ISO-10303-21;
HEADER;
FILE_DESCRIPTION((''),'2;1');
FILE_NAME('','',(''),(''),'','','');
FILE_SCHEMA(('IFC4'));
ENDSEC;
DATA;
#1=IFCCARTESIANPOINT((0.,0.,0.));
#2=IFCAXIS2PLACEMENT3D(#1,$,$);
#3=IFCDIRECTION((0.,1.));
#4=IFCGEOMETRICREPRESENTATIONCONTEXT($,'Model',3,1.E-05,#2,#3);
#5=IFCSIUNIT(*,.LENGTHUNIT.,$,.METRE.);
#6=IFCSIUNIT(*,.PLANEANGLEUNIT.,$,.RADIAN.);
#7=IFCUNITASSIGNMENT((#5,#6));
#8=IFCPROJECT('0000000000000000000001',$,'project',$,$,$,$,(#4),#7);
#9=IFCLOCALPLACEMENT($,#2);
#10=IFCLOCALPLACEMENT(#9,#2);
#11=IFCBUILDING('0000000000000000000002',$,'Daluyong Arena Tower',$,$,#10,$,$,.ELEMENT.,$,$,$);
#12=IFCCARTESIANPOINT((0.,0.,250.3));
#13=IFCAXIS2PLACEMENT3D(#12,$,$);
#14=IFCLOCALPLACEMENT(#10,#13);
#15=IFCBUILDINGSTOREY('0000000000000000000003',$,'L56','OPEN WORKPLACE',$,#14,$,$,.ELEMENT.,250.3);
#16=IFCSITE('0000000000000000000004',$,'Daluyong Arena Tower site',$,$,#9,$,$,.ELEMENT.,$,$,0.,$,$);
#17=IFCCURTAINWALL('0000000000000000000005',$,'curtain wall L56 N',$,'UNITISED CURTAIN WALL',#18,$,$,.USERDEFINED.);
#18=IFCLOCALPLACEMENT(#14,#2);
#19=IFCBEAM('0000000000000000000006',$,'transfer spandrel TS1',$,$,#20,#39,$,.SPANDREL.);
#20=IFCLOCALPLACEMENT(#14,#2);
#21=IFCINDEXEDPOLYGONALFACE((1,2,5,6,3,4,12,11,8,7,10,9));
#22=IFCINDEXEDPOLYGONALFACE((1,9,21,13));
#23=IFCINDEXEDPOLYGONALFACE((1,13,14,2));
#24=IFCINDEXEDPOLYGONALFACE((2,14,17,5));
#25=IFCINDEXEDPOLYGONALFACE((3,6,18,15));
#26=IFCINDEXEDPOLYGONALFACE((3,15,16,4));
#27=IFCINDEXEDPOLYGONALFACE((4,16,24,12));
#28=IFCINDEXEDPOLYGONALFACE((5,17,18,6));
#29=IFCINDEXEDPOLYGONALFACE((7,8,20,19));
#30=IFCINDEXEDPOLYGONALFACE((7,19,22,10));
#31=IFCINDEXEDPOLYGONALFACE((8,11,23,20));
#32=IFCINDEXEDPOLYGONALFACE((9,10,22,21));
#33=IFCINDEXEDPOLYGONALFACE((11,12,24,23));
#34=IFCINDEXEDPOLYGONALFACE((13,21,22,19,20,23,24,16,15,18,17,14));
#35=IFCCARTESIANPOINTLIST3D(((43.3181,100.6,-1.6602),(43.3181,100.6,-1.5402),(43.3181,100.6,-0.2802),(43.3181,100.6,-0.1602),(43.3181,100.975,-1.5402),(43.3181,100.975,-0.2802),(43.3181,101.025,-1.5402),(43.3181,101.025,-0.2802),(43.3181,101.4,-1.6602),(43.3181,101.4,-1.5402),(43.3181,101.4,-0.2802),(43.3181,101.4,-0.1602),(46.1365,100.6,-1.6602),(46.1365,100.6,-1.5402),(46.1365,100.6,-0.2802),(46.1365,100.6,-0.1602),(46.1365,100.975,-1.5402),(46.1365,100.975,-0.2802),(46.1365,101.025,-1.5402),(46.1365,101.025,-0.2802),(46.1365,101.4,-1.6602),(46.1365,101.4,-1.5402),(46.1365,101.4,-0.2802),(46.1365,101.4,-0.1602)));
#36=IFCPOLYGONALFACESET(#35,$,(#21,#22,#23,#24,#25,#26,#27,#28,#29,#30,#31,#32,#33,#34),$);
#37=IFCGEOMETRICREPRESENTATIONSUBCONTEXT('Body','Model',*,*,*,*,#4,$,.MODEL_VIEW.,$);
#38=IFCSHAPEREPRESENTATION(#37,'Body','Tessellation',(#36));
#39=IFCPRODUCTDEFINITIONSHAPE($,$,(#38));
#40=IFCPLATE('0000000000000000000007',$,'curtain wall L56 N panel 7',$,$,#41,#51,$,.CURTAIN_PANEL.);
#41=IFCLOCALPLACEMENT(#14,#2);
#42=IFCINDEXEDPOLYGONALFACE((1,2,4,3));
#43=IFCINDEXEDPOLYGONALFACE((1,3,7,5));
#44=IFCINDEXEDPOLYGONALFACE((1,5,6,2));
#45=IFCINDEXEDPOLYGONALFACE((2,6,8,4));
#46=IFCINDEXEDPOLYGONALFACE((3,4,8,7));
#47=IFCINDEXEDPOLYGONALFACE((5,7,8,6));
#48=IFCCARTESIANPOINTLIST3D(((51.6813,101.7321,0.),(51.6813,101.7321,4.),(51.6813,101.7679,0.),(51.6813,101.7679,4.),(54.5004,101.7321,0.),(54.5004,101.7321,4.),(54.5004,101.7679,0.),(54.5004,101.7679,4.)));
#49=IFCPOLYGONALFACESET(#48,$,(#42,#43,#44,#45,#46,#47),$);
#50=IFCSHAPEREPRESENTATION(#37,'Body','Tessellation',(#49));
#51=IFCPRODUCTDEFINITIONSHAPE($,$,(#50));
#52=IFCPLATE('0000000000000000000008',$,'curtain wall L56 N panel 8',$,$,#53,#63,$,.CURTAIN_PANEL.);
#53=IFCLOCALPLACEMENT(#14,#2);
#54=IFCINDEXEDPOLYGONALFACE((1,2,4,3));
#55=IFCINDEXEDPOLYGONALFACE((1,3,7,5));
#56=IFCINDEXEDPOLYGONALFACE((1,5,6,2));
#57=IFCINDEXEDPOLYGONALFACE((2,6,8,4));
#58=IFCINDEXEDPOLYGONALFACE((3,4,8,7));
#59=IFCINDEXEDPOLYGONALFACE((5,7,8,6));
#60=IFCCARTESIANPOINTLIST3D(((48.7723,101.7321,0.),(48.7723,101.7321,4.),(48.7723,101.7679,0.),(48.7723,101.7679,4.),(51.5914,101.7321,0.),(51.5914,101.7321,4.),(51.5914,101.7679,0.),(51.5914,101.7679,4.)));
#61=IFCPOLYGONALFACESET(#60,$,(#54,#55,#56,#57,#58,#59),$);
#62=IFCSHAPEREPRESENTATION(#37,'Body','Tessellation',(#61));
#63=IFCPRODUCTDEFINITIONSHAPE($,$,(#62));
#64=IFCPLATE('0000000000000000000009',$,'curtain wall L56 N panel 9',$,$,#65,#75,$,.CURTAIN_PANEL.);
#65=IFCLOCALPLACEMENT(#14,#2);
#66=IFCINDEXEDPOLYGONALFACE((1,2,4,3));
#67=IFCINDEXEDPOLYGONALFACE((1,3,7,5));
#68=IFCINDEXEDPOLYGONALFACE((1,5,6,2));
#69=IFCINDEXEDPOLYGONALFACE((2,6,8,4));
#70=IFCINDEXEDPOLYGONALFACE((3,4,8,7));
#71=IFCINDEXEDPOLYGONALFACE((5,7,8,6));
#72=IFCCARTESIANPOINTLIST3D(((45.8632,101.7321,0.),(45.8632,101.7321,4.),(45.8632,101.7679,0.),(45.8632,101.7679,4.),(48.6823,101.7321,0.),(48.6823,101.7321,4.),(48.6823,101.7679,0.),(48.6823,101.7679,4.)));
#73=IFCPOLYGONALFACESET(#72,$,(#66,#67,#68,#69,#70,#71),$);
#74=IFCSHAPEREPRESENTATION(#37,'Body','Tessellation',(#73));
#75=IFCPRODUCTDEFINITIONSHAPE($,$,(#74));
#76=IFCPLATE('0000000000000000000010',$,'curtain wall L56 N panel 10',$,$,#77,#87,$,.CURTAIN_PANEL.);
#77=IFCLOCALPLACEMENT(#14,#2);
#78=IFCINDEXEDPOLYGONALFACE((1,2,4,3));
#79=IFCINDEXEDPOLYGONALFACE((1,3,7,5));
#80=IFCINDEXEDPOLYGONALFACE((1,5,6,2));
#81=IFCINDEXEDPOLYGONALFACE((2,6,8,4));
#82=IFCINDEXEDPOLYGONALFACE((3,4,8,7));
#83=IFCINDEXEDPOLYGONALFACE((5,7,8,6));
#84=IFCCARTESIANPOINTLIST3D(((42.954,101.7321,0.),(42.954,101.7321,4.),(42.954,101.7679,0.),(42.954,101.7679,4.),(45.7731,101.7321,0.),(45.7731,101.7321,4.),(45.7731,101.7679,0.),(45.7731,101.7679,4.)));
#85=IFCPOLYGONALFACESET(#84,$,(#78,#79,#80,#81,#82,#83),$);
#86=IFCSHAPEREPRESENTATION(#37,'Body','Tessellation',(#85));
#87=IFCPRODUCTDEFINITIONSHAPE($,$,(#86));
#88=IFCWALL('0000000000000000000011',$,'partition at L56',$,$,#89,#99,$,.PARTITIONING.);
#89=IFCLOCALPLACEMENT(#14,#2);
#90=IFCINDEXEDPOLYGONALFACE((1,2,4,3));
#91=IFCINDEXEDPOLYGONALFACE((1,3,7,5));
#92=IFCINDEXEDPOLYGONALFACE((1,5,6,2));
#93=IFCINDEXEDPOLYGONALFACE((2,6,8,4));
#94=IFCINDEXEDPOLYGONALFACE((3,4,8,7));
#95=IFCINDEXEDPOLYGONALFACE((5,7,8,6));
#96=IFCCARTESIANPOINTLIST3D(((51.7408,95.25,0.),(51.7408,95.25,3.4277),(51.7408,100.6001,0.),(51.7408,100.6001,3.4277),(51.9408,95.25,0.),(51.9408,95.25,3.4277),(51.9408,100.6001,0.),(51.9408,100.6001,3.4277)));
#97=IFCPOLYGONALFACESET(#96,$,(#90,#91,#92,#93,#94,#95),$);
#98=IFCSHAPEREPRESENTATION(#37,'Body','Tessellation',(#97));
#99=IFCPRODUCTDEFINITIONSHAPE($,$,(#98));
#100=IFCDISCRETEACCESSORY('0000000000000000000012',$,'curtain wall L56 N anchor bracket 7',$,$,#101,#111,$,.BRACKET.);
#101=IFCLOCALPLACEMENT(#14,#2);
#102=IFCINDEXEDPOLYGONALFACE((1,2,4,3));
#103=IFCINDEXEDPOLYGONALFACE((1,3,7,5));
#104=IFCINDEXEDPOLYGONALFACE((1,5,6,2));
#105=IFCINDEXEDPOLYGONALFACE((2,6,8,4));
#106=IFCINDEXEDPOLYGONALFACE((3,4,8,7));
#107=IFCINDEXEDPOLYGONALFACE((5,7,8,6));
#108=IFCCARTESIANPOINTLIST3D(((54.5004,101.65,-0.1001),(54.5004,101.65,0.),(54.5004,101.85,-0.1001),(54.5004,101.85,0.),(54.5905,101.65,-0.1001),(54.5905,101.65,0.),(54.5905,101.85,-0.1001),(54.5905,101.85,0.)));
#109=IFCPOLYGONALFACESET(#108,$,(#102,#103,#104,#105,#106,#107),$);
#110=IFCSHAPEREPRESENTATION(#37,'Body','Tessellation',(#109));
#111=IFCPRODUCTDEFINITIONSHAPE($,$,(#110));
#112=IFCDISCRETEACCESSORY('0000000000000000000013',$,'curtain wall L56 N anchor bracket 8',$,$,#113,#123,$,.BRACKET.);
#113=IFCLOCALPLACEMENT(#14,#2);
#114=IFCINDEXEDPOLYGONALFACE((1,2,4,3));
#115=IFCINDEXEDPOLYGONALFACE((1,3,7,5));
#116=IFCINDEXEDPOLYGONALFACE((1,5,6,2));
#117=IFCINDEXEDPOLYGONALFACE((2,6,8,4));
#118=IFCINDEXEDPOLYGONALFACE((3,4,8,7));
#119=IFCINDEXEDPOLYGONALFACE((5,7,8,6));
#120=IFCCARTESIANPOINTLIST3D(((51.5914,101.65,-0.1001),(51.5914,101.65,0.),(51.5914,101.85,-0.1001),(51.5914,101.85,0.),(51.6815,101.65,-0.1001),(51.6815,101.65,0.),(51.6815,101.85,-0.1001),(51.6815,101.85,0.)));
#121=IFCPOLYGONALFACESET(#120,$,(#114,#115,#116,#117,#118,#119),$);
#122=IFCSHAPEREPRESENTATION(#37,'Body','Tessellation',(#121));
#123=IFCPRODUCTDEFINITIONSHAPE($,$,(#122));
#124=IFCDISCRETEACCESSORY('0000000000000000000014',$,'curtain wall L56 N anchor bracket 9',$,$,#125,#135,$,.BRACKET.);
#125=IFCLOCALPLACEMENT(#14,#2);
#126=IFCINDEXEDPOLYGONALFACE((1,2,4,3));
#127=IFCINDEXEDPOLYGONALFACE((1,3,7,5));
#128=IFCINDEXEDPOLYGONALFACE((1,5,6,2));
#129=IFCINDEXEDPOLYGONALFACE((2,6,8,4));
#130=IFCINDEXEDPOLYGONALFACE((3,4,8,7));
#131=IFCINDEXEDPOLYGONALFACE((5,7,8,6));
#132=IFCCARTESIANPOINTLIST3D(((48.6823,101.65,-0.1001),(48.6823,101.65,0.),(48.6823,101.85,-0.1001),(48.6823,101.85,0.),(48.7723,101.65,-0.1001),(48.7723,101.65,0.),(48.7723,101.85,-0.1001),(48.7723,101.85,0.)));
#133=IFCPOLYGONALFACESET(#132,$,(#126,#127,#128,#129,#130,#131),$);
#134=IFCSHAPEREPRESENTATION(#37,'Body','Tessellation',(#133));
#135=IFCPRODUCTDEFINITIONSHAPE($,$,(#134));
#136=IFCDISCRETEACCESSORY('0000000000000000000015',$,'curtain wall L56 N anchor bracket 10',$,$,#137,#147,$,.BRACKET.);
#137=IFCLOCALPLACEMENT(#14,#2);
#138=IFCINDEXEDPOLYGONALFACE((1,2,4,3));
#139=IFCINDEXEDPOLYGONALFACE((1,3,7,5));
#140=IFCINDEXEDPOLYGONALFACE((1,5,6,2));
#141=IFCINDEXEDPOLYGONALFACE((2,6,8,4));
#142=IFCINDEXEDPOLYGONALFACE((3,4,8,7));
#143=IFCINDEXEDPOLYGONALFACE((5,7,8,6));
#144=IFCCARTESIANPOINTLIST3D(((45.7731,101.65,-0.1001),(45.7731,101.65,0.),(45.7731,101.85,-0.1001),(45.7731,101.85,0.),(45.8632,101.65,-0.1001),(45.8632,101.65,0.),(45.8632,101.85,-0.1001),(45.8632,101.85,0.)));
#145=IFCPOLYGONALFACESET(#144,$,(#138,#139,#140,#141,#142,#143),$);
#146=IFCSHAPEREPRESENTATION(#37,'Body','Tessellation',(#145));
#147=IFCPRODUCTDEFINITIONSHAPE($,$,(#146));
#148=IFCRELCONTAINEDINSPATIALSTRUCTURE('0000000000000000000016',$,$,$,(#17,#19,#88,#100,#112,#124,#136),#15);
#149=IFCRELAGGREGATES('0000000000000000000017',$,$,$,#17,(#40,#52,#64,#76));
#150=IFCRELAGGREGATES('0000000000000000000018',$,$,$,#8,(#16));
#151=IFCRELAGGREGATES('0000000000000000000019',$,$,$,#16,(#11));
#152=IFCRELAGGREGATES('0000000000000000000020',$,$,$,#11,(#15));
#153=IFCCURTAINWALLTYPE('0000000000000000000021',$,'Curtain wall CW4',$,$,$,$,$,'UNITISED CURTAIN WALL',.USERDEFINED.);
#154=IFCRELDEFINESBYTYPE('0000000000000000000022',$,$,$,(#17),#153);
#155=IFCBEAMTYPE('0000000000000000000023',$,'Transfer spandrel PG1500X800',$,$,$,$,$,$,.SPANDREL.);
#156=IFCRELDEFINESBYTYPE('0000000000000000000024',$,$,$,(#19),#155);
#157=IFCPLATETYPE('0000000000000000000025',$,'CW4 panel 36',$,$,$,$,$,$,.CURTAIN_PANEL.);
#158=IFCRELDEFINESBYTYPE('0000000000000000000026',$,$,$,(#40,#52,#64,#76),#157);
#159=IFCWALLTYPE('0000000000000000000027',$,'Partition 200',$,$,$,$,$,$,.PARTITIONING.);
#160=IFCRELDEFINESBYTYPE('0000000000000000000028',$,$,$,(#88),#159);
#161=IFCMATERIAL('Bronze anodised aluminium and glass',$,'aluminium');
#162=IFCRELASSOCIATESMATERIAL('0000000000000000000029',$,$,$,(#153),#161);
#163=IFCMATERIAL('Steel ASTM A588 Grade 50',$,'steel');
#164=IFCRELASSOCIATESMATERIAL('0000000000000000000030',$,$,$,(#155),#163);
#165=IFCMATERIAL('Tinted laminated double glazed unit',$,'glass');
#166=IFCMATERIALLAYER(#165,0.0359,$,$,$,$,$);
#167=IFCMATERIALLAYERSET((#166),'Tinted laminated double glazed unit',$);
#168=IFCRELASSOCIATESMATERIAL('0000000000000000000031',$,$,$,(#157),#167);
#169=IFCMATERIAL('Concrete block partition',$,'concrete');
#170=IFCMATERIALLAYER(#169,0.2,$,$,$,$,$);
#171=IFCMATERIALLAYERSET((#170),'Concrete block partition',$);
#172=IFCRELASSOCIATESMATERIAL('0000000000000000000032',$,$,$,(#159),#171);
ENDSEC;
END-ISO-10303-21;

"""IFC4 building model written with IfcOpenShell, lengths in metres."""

from ifc_helpers import new_model, si_unit, direction, frame, frame_2d, origin, origin_2d, place, context, subcontext, project, spatial, rectangle, i_section, extrude, material, layer, layer_set, material_profile, profile_set, type_object, element, aggregate, save


model = new_model("IFC4")

# Units and contexts
model_context = context("Model", 3, precision=1e-05, world=origin(), true_north=direction((0.0, 1.0)))
body_context = subcontext(model_context, "Body", "Model", "MODEL_VIEW")
ifc_project = project(units=[si_unit("LENGTHUNIT", "METRE"), si_unit("PLANEANGLEUNIT", "RADIAN")], contexts=[model_context])

# Site, building, storey
site_placement = place(None, origin())
site = spatial("IfcSite", under=ifc_project, at=site_placement, Name="Daluyong Arena Tower site", CompositionType="ELEMENT", RefElevation=0.0)
building_placement = place(site_placement, origin())
building = spatial("IfcBuilding", under=site, at=building_placement, Name="Daluyong Arena Tower", CompositionType="ELEMENT")
storey_placement = place(building_placement, frame((0.0, 0.0, 250.3)))
storey = spatial("IfcBuildingStorey", under=building, at=storey_placement, Name="L56", Description="OPEN WORKPLACE", CompositionType="ELEMENT", Elevation=250.3)

# Curtain wall
ifc_material_1 = material(Name="Bronze anodised aluminium and glass", Category="aluminium")
curtain_wall_type = type_object("IfcCurtainWallType", Name="Curtain wall CW4", ElementType="UNITISED CURTAIN WALL", PredefinedType="USERDEFINED", material=ifc_material_1)
curtain_wall_placement = place(storey_placement, origin())
curtain_wall = element("IfcCurtainWall", 1, at=curtain_wall_placement, inside=storey, type_object=curtain_wall_type, Name="curtain wall L56 N", ObjectType="UNITISED CURTAIN WALL", PredefinedType="USERDEFINED")

# Beam
ifc_material_2 = material(Name="Steel ASTM A588 Grade 50", Category="steel")
ifc_material_profile_1 = material_profile(ifc_material_2, i_section(OverallWidth=0.8, OverallDepth=1.5, WebThickness=0.05, FlangeThickness=0.12, at=origin_2d()))
ifc_profile_set_1 = profile_set([ifc_material_profile_1], Name="Steel ASTM A588 Grade 50")
beam_type_1 = type_object("IfcBeamType", Name="Transfer spandrel PG1500X800", PredefinedType="SPANDREL", material=ifc_profile_set_1)
beam_1_placement = place(storey_placement, frame((46.1365, 101.0, -0.9102), z_axis=(-1.0, 0.0, 0.0), x_axis=(0.0, -1.0, 0.0)))
element("IfcBeam", 2, at=beam_1_placement, inside=storey, type_object=beam_type_1, Name="transfer spandrel TS1", PredefinedType="SPANDREL", context=body_context, shape_type="SweptSolid", body=[
    extrude(i_section(OverallWidth=0.8, OverallDepth=1.5, WebThickness=0.05, FlangeThickness=0.12, at=origin_2d()), origin(), (0.0, 0.0, 1.0), 2.8184),
])

# Plates
ifc_material_3 = material(Name="Tinted laminated double glazed unit", Category="glass")
ifc_layer_1 = layer(ifc_material_3, 0.0359)
ifc_layer_set_1 = layer_set([ifc_layer_1], Name="Tinted laminated double glazed unit")
plate_type = type_object("IfcPlateType", Name="CW4 panel 36", PredefinedType="CURTAIN_PANEL", material=ifc_layer_set_1)
plate_1_placement = place(storey_placement, frame((53.0908, 101.75, 0.0), z_axis=(0.0, 0.0, 1.0), x_axis=(-1.0, 0.0, 0.0)))
plate_1 = element("IfcPlate", 3, at=plate_1_placement, type_object=plate_type, Name="curtain wall L56 N panel 7", PredefinedType="CURTAIN_PANEL", context=body_context, shape_type="SweptSolid", body=[
    extrude(rectangle(XDim=2.8191, YDim=0.0359, at=origin_2d()), origin(), (0.0, 0.0, 1.0), 4.0),
])
plate_2_placement = place(storey_placement, frame((50.1819, 101.75, 0.0), z_axis=(0.0, 0.0, 1.0), x_axis=(-1.0, 0.0, 0.0)))
plate_2 = element("IfcPlate", 4, at=plate_2_placement, type_object=plate_type, Name="curtain wall L56 N panel 8", PredefinedType="CURTAIN_PANEL", context=body_context, shape_type="SweptSolid", body=[
    extrude(rectangle(XDim=2.8191, YDim=0.0359, at=origin_2d()), origin(), (0.0, 0.0, 1.0), 4.0),
])
plate_3_placement = place(storey_placement, frame((47.2727, 101.75, 0.0), z_axis=(0.0, 0.0, 1.0), x_axis=(-1.0, 0.0, 0.0)))
plate_3 = element("IfcPlate", 5, at=plate_3_placement, type_object=plate_type, Name="curtain wall L56 N panel 9", PredefinedType="CURTAIN_PANEL", context=body_context, shape_type="SweptSolid", body=[
    extrude(rectangle(XDim=2.8191, YDim=0.0359, at=origin_2d()), origin(), (0.0, 0.0, 1.0), 4.0),
])
plate_4_placement = place(storey_placement, frame((44.3635, 101.75, 0.0), z_axis=(0.0, 0.0, 1.0), x_axis=(-1.0, 0.0, 0.0)))
plate_4 = element("IfcPlate", 6, at=plate_4_placement, type_object=plate_type, Name="curtain wall L56 N panel 10", PredefinedType="CURTAIN_PANEL", context=body_context, shape_type="SweptSolid", body=[
    extrude(rectangle(XDim=2.8191, YDim=0.0359, at=origin_2d()), origin(), (0.0, 0.0, 1.0), 4.0),
])
aggregate(curtain_wall, [plate_1, plate_2, plate_3, plate_4])

# Wall
ifc_material_4 = material(Name="Concrete block partition", Category="concrete")
ifc_layer_2 = layer(ifc_material_4, 0.2)
ifc_layer_set_2 = layer_set([ifc_layer_2], Name="Concrete block partition")
wall_type = type_object("IfcWallType", Name="Partition 200", PredefinedType="PARTITIONING", material=ifc_layer_set_2)
wall_placement = place(storey_placement, frame((51.8408, 95.25, 0.0), z_axis=(0.0, 0.0, 1.0), x_axis=(0.0, 1.0, 0.0)))
element("IfcWall", 7, at=wall_placement, inside=storey, type_object=wall_type, Name="partition at L56", PredefinedType="PARTITIONING", context=body_context, shape_type="SweptSolid", body=[
    extrude(rectangle(XDim=5.3501, YDim=0.2, at=frame_2d((2.675, 0.0))), origin(), (0.0, 0.0, 1.0), 3.4277),
])

# Discrete accessories
for number, where, z_axis, x_axis, name in (
    (8, (54.5454, 101.75, -0.1001), (0.0, 0.0, 1.0), (-1.0, 0.0, 0.0), "curtain wall L56 N anchor bracket 7"),
    (9, (51.6365, 101.75, -0.1001), (0.0, 0.0, 1.0), (-1.0, 0.0, 0.0), "curtain wall L56 N anchor bracket 8"),
    (10, (48.7273, 101.75, -0.1001), (0.0, 0.0, 1.0), (-1.0, 0.0, 0.0), "curtain wall L56 N anchor bracket 9"),
    (11, (45.8181, 101.75, -0.1001), (0.0, 0.0, 1.0), (-1.0, 0.0, 0.0), "curtain wall L56 N anchor bracket 10"),
):
    element("IfcDiscreteAccessory", number, at=place(storey_placement, frame(where, z_axis=z_axis, x_axis=x_axis)), inside=storey, Name=name, PredefinedType="BRACKET", context=body_context, shape_type="SweptSolid", body=[
        extrude(rectangle(XDim=0.0901, YDim=0.2, at=origin_2d()), origin(), (0.0, 0.0, 1.0), 0.1001),
    ])

save(model, "model.ifc")
